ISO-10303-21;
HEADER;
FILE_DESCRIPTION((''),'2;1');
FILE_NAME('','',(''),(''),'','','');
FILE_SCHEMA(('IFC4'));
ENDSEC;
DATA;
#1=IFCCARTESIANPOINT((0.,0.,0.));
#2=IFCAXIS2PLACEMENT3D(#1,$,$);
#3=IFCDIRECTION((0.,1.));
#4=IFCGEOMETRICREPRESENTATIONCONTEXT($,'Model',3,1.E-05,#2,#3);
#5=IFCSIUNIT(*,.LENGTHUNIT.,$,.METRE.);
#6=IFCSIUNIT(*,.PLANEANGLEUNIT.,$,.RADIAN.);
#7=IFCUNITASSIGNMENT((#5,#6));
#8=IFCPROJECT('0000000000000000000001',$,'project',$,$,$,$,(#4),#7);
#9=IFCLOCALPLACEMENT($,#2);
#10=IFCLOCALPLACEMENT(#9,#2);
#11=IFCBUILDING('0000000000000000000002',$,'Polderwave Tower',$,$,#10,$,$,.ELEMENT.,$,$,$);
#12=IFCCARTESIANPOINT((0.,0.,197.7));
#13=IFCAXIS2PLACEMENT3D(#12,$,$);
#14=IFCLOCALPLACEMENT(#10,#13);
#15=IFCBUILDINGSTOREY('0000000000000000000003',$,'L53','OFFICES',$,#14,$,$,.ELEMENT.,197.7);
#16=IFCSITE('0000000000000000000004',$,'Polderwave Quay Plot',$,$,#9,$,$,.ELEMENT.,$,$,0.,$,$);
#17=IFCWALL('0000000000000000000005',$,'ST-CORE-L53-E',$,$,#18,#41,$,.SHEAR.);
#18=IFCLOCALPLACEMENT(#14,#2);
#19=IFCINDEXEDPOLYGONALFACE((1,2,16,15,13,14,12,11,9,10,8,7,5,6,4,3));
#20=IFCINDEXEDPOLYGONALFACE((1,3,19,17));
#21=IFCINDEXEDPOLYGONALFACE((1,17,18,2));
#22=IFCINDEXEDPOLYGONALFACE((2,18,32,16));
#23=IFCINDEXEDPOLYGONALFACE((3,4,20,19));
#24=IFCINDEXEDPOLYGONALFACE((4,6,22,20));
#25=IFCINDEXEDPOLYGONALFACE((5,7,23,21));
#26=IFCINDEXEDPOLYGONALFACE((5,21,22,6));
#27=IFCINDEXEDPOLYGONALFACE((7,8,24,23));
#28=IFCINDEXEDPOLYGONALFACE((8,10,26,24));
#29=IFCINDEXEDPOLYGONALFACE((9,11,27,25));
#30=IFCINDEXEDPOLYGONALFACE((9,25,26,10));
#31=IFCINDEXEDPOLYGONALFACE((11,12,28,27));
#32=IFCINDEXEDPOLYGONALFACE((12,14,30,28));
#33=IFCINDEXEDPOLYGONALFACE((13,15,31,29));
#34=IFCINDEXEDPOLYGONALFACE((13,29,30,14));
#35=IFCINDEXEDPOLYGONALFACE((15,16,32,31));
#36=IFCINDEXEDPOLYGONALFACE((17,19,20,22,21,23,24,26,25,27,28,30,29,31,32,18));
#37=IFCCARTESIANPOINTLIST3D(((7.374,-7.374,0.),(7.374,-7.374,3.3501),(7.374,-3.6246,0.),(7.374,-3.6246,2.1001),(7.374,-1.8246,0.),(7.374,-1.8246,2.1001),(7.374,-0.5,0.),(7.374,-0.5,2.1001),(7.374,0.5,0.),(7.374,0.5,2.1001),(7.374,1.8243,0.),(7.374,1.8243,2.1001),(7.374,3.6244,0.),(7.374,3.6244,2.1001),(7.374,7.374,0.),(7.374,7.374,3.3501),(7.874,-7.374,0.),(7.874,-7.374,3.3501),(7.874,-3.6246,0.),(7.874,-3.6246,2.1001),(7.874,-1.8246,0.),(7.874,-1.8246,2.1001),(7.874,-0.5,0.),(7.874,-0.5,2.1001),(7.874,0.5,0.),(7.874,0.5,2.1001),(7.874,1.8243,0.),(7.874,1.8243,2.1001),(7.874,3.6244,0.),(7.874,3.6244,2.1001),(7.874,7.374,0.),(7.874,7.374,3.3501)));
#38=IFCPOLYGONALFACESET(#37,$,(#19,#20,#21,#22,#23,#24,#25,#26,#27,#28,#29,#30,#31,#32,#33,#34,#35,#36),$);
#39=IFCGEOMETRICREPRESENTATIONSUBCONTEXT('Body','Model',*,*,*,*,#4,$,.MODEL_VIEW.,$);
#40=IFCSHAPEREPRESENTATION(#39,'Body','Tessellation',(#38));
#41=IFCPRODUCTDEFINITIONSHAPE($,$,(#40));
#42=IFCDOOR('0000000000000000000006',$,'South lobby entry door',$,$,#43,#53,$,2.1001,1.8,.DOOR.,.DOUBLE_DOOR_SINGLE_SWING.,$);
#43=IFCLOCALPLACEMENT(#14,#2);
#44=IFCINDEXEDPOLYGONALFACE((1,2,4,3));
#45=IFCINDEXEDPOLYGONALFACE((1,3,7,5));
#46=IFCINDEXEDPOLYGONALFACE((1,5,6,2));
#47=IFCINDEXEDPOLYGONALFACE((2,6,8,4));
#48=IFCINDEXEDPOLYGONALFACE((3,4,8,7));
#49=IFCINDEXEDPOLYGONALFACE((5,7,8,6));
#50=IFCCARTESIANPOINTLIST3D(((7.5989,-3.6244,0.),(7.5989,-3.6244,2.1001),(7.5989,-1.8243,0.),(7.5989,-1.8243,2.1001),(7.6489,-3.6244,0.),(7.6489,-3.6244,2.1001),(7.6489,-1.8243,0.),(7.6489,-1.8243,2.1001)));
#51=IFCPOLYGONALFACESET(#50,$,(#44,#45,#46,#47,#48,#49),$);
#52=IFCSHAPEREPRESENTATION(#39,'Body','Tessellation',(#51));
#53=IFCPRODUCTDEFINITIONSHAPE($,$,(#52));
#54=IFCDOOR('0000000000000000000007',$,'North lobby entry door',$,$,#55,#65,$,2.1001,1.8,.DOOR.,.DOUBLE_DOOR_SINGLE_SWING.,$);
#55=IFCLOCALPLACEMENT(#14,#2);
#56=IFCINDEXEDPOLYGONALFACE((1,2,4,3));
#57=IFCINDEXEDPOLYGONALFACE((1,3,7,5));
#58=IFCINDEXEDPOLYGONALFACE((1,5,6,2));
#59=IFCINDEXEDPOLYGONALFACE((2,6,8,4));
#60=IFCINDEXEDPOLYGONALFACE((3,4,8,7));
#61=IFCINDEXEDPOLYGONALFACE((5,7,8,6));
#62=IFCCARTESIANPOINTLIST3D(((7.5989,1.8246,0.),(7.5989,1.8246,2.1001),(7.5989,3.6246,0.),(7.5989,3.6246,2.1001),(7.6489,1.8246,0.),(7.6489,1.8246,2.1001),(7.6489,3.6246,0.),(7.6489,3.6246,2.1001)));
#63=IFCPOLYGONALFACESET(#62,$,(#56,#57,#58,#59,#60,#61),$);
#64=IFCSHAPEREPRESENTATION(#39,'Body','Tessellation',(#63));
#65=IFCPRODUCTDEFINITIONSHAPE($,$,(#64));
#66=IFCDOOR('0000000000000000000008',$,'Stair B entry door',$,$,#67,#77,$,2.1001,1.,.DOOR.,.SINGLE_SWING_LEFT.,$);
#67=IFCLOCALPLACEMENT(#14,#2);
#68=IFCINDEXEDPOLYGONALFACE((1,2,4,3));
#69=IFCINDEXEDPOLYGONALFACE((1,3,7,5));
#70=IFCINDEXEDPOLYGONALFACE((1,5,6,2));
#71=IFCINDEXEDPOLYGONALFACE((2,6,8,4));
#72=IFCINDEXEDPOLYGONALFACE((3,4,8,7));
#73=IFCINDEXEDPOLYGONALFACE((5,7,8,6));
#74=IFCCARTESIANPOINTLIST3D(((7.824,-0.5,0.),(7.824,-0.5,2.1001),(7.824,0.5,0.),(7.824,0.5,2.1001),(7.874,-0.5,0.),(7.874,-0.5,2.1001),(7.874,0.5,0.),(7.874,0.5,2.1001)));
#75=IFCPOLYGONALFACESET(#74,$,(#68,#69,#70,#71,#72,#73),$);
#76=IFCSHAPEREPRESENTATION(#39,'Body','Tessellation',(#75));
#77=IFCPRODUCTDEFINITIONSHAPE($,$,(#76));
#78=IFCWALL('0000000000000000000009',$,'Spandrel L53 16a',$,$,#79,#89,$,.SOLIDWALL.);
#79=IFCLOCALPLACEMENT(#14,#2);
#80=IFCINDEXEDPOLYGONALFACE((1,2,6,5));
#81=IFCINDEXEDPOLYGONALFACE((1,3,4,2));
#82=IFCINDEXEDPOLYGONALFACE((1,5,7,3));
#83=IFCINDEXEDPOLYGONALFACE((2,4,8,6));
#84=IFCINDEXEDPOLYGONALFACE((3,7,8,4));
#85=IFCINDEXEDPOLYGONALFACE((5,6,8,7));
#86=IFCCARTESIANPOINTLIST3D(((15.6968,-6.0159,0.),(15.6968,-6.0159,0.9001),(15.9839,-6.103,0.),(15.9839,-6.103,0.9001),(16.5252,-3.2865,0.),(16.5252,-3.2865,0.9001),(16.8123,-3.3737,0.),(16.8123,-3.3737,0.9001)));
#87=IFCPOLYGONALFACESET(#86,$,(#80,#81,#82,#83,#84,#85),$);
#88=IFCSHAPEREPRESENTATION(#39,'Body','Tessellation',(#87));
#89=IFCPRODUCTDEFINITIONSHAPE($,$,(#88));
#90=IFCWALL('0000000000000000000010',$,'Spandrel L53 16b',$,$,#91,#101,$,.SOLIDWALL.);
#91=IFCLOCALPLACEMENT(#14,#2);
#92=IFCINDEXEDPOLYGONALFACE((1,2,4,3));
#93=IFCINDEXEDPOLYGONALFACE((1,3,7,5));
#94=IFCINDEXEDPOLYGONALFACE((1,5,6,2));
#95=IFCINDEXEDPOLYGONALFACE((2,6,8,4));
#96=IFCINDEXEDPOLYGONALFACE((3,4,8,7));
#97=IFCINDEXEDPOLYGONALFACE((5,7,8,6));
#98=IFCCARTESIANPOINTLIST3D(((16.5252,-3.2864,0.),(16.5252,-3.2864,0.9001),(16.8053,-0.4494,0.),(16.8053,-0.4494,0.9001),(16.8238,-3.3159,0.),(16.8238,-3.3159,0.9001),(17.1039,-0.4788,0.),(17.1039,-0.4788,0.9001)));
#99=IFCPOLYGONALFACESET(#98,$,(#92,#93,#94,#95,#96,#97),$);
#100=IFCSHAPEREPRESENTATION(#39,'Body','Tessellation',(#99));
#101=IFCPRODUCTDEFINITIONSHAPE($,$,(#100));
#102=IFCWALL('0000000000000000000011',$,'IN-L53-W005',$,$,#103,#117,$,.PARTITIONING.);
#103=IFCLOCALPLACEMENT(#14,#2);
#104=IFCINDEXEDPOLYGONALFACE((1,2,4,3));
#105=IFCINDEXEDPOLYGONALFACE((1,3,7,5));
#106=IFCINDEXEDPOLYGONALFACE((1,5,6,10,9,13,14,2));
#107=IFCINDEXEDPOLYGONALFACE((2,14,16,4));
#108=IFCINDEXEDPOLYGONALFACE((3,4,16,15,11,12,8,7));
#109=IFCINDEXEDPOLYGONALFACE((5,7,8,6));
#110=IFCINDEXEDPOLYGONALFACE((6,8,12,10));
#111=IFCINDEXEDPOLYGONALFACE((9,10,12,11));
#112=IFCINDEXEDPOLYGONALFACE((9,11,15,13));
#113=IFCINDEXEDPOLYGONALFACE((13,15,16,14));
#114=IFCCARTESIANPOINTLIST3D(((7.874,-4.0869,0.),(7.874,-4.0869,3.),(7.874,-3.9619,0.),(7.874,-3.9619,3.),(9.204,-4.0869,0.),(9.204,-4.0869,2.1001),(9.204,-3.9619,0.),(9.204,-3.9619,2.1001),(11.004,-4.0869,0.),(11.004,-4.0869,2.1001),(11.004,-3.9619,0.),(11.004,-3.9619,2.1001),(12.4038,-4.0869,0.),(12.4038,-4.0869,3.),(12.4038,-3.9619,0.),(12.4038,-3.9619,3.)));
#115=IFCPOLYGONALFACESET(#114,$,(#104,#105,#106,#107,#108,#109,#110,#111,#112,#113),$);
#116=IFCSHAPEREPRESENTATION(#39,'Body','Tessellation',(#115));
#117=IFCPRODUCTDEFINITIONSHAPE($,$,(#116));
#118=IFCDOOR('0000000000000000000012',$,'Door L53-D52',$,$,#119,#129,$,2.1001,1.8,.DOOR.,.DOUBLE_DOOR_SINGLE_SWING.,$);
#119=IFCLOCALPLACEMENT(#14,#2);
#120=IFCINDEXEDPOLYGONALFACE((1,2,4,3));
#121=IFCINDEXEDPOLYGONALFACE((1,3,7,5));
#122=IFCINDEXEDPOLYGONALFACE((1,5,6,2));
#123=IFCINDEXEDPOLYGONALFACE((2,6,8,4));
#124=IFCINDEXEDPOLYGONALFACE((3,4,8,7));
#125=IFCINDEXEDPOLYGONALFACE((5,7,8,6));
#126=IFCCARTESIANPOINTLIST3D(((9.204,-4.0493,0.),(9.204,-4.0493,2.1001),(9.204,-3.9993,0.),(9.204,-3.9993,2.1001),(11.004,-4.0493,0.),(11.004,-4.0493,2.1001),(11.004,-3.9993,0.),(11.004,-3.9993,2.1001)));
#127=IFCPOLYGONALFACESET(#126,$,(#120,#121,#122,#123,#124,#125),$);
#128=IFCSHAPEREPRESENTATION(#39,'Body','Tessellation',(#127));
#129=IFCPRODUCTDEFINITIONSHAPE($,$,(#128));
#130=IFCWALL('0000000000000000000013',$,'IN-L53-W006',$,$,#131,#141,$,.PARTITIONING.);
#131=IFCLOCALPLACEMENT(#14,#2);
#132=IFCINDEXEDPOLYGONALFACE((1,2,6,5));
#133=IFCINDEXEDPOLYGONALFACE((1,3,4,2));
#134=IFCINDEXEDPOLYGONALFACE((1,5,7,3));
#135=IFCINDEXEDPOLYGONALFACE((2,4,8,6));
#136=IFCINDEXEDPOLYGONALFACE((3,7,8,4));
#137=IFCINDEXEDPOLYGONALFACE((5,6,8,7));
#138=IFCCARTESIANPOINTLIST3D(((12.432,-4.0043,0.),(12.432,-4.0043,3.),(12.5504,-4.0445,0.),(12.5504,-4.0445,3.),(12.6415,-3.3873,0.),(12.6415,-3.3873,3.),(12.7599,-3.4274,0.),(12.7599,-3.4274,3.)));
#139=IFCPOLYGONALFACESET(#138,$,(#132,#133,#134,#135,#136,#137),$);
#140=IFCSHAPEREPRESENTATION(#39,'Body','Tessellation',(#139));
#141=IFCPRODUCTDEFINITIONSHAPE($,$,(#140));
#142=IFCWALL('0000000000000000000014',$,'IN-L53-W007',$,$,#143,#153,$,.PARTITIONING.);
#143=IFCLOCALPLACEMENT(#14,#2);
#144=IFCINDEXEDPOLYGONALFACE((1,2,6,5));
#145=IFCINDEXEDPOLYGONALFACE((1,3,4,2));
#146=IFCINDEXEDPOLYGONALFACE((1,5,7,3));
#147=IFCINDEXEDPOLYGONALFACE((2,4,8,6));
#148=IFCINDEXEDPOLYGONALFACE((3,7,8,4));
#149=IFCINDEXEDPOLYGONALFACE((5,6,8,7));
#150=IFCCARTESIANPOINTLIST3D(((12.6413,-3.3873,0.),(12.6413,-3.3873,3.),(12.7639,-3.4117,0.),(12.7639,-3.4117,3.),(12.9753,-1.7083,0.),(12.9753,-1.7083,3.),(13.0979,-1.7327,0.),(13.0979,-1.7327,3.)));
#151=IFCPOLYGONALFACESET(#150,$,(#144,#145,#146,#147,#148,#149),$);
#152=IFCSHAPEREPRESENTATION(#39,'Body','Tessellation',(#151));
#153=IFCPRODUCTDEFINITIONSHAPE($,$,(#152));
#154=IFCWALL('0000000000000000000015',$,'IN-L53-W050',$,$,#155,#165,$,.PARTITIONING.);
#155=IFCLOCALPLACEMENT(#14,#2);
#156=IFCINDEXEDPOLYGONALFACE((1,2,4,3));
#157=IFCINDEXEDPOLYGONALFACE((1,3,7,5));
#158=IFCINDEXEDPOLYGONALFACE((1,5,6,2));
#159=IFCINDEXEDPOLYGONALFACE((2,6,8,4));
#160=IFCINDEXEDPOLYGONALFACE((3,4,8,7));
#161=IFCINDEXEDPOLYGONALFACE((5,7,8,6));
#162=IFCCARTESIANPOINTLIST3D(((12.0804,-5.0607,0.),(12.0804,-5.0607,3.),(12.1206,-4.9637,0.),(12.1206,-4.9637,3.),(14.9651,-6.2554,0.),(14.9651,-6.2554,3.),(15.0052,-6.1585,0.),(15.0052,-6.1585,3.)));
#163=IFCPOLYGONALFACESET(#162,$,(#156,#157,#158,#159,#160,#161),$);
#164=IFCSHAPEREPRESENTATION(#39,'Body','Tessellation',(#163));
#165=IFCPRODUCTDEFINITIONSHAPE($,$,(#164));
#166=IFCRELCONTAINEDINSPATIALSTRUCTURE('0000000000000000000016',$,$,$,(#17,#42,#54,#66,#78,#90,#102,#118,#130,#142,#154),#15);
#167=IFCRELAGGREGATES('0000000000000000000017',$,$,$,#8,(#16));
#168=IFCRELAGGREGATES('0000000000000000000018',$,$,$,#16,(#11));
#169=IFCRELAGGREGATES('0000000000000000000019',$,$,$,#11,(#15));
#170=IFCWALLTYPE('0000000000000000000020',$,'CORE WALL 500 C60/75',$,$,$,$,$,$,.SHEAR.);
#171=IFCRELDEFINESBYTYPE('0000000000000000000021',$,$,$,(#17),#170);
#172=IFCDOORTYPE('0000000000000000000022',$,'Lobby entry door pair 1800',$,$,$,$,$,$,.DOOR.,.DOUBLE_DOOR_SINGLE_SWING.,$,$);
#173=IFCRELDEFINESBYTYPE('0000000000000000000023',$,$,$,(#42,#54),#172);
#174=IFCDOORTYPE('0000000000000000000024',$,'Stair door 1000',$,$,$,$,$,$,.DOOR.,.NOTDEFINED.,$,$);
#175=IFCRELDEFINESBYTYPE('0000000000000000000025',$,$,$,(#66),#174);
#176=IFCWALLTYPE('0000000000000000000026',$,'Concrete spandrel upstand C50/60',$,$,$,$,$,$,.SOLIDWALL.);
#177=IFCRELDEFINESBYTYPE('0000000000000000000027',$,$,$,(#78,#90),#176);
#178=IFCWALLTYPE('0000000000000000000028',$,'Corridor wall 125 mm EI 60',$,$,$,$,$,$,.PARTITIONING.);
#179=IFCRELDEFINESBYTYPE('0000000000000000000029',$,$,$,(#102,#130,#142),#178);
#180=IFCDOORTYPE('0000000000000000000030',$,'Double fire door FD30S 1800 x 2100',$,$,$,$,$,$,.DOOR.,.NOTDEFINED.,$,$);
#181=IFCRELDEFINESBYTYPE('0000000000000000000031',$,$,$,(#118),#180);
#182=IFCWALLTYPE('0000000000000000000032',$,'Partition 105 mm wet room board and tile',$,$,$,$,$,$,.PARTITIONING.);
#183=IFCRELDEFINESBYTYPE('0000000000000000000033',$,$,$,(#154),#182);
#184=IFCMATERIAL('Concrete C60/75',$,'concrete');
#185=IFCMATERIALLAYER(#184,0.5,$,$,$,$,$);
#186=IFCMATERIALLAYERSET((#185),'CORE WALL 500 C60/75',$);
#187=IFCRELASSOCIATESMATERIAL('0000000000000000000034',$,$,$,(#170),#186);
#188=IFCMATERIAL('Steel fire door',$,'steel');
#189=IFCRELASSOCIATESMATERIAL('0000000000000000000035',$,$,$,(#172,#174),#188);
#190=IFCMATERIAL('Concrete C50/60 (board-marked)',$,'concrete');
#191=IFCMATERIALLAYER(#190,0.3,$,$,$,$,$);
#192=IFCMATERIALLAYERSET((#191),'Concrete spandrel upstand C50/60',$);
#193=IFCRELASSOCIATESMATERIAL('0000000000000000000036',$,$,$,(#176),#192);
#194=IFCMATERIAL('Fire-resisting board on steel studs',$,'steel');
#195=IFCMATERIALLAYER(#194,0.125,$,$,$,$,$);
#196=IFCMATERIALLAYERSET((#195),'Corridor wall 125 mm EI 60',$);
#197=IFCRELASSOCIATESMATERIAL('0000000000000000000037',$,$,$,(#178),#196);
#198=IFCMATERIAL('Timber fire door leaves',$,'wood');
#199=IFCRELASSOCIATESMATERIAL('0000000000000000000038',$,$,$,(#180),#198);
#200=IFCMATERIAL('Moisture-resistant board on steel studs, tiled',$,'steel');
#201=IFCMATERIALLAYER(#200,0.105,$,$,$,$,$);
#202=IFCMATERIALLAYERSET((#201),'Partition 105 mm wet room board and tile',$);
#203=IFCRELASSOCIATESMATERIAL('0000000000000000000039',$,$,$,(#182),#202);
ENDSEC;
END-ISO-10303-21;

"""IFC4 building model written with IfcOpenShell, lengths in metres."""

from ifc_helpers import new_model, si_unit, direction, frame, frame_2d, origin, place, context, subcontext, project, spatial, rectangle, extrude, material, layer, layer_set, type_object, element, fill, save


model = new_model("IFC4")

# Units and contexts
model_context = context("Model", 3, precision=1e-05, world=origin(), true_north=direction((0.0, 1.0)))
body_context = subcontext(model_context, "Body", "Model", "MODEL_VIEW")
ifc_project = project(units=[si_unit("LENGTHUNIT", "METRE"), si_unit("PLANEANGLEUNIT", "RADIAN")], contexts=[model_context])

# Site, building, storey
site_placement = place(None, origin())
site = spatial("IfcSite", under=ifc_project, at=site_placement, Name="Polderwave Quay Plot", CompositionType="ELEMENT", RefElevation=0.0)
building_placement = place(site_placement, origin())
building = spatial("IfcBuilding", under=site, at=building_placement, Name="Polderwave Tower", CompositionType="ELEMENT")
storey_placement = place(building_placement, frame((0.0, 0.0, 197.7)))
storey = spatial("IfcBuildingStorey", under=building, at=storey_placement, Name="L53", Description="OFFICES", CompositionType="ELEMENT", Elevation=197.7)

# Shared definitions
ifc_material_1 = material(Name="Concrete C60/75", Category="concrete")

# Wall, openings, doors
ifc_layer_1 = layer(ifc_material_1, 0.5)
ifc_layer_set_1 = layer_set([ifc_layer_1], Name="CORE WALL 500 C60/75")
wall_type_1 = type_object("IfcWallType", Name="CORE WALL 500 C60/75", PredefinedType="SHEAR", material=ifc_layer_set_1)
wall_1_placement = place(storey_placement, frame((7.624, -7.374, 0.0), z_axis=(0.0, 0.0, 1.0), x_axis=(0.0, 1.0, 0.0)))
wall_1 = element("IfcWall", 1, at=wall_1_placement, inside=storey, type_object=wall_type_1, Name="ST-CORE-L53-E", PredefinedType="SHEAR", context=body_context, shape_type="SweptSolid", body=[
    extrude(rectangle(XDim=14.748, YDim=0.5, at=frame_2d((7.374, 0.0))), origin(), (0.0, 0.0, 1.0), 3.3501),
])
opening_1_placement = place(wall_1_placement, frame((6.874, 0.0, 0.0)))
opening_1 = element("IfcOpeningElement", 2, at=opening_1_placement, cuts=wall_1, PredefinedType="OPENING", context=body_context, shape_type="SweptSolid", body=[
    extrude(rectangle(XDim=1.0, YDim=2.1001, at=frame_2d((0.5, 1.05))), frame((0.0, 0.26, 0.0), z_axis=(0.0, -1.0, 0.0), x_axis=(1.0, 0.0, 0.0)), (0.0, 0.0, 1.0), 0.52),
])
opening_2_placement = place(wall_1_placement, frame((3.7495, 0.0, 0.0)))
opening_2 = element("IfcOpeningElement", 3, at=opening_2_placement, cuts=wall_1, PredefinedType="OPENING", context=body_context, shape_type="SweptSolid", body=[
    extrude(rectangle(XDim=1.8, YDim=2.1001, at=frame_2d((0.8999, 1.05))), frame((0.0, 0.26, 0.0), z_axis=(0.0, -1.0, 0.0), x_axis=(1.0, 0.0, 0.0)), (0.0, 0.0, 1.0), 0.52),
])
opening_3_placement = place(wall_1_placement, frame((9.1985, 0.0, 0.0)))
opening_3 = element("IfcOpeningElement", 4, at=opening_3_placement, cuts=wall_1, PredefinedType="OPENING", context=body_context, shape_type="SweptSolid", body=[
    extrude(rectangle(XDim=1.8, YDim=2.1001, at=frame_2d((0.8999, 1.05))), frame((0.0, 0.26, 0.0), z_axis=(0.0, -1.0, 0.0), x_axis=(1.0, 0.0, 0.0)), (0.0, 0.0, 1.0), 0.52),
])
ifc_material_2 = material(Name="Steel fire door", Category="steel")
door_type_1 = type_object("IfcDoorType", Name="Lobby entry door pair 1800", OperationType="DOUBLE_DOOR_SINGLE_SWING", PredefinedType="DOOR", material=ifc_material_2)
door_1_placement = place(opening_2_placement, frame((1.8, 0.0, 0.0), z_axis=(0.0, 0.0, 1.0), x_axis=(-1.0, 0.0, 0.0)))
door_1 = element("IfcDoor", 5, at=door_1_placement, inside=storey, type_object=door_type_1, Name="South lobby entry door", OperationType="DOUBLE_DOOR_SINGLE_SWING", OverallHeight=2.1001, OverallWidth=1.8, PredefinedType="DOOR", context=body_context, shape_type="SweptSolid", body=[
    extrude(rectangle(XDim=1.8, YDim=2.1001, at=frame_2d((0.8999, 1.05))), frame((0.0, 0.0249, 0.0), z_axis=(0.0, -1.0, 0.0), x_axis=(1.0, 0.0, 0.0)), (0.0, 0.0, 1.0), 0.05),
])
fill(opening_2, door_1)
door_2_placement = place(opening_3_placement, frame((1.8, 0.0, 0.0), z_axis=(0.0, 0.0, 1.0), x_axis=(-1.0, 0.0, 0.0)))
door_2 = element("IfcDoor", 6, at=door_2_placement, inside=storey, type_object=door_type_1, Name="North lobby entry door", OperationType="DOUBLE_DOOR_SINGLE_SWING", OverallHeight=2.1001, OverallWidth=1.8, PredefinedType="DOOR", context=body_context, shape_type="SweptSolid", body=[
    extrude(rectangle(XDim=1.8, YDim=2.1001, at=frame_2d((0.8999, 1.05))), frame((0.0, 0.0249, 0.0), z_axis=(0.0, -1.0, 0.0), x_axis=(1.0, 0.0, 0.0)), (0.0, 0.0, 1.0), 0.05),
])
fill(opening_3, door_2)
door_type_2 = type_object("IfcDoorType", Name="Stair door 1000", OperationType="NOTDEFINED", PredefinedType="DOOR", material=ifc_material_2)
door_3_placement = place(opening_1_placement, frame((1.0, 0.0, 0.0), z_axis=(0.0, 0.0, 1.0), x_axis=(-1.0, 0.0, 0.0)))
door_3 = element("IfcDoor", 7, at=door_3_placement, inside=storey, type_object=door_type_2, Name="Stair B entry door", OperationType="SINGLE_SWING_LEFT", OverallHeight=2.1001, OverallWidth=1.0, PredefinedType="DOOR", context=body_context, shape_type="SweptSolid", body=[
    extrude(rectangle(XDim=1.0, YDim=2.1001, at=frame_2d((0.5, 1.05))), frame((0.0, 0.25, 0.0), z_axis=(0.0, -1.0, 0.0), x_axis=(1.0, 0.0, 0.0)), (0.0, 0.0, 1.0), 0.05),
])
fill(opening_1, door_3)

# Walls
ifc_material_3 = material(Name="Concrete C50/60 (board-marked)", Category="concrete")
ifc_layer_2 = layer(ifc_material_3, 0.3)
ifc_layer_set_2 = layer_set([ifc_layer_2], Name="Concrete spandrel upstand C50/60")
wall_type_2 = type_object("IfcWallType", Name="Concrete spandrel upstand C50/60", PredefinedType="SOLIDWALL", material=ifc_layer_set_2)
wall_2_placement = place(storey_placement, frame((15.8403, -6.0596, 0.0), z_axis=(0.0, 0.0, 1.0), x_axis=(0.290433, 0.956895, 0.0)))
element("IfcWall", 8, at=wall_2_placement, inside=storey, type_object=wall_type_2, Name="Spandrel L53 16a", PredefinedType="SOLIDWALL", context=body_context, shape_type="SweptSolid", body=[
    extrude(rectangle(XDim=2.8523, YDim=0.3, at=frame_2d((1.4263, 0.0))), origin(), (0.0, 0.0, 1.0), 0.9001),
])
wall_3_placement = place(storey_placement, frame((16.6746, -3.301, 0.0), z_axis=(0.0, 0.0, 1.0), x_axis=(0.098223, 0.995164, 0.0)))
element("IfcWall", 9, at=wall_3_placement, inside=storey, type_object=wall_type_2, Name="Spandrel L53 16b", PredefinedType="SOLIDWALL", context=body_context, shape_type="SweptSolid", body=[
    extrude(rectangle(XDim=2.8508, YDim=0.3, at=frame_2d((1.4253, 0.0))), origin(), (0.0, 0.0, 1.0), 0.9001),
])

# Wall, opening, door
ifc_material_4 = material(Name="Fire-resisting board on steel studs", Category="steel")
ifc_layer_3 = layer(ifc_material_4, 0.125)
ifc_layer_set_3 = layer_set([ifc_layer_3], Name="Corridor wall 125 mm EI 60")
wall_type_3 = type_object("IfcWallType", Name="Corridor wall 125 mm EI 60", PredefinedType="PARTITIONING", material=ifc_layer_set_3)
wall_4_placement = place(storey_placement, frame((12.4038, -4.0244, 0.0), z_axis=(0.0, 0.0, 1.0), x_axis=(-1.0, 0.0, 0.0)))
wall_4 = element("IfcWall", 10, at=wall_4_placement, inside=storey, type_object=wall_type_3, Name="IN-L53-W005", PredefinedType="PARTITIONING", context=body_context, shape_type="SweptSolid", body=[
    extrude(rectangle(XDim=4.5298, YDim=0.125, at=frame_2d((2.2649, 0.0))), origin(), (0.0, 0.0, 1.0), 3.0),
])
opening_4_placement = place(wall_4_placement, frame((1.3999, 0.0, 0.0)))
opening_4 = element("IfcOpeningElement", 11, at=opening_4_placement, cuts=wall_4, PredefinedType="OPENING", context=body_context, shape_type="SweptSolid", body=[
    extrude(rectangle(XDim=1.8, YDim=2.1001, at=frame_2d((0.8999, 1.05))), frame((0.0, 0.0725, 0.0), z_axis=(0.0, -1.0, 0.0), x_axis=(1.0, 0.0, 0.0)), (0.0, 0.0, 1.0), 0.145),
])
ifc_material_5 = material(Name="Timber fire door leaves", Category="wood")
door_type_3 = type_object("IfcDoorType", Name="Double fire door FD30S 1800 x 2100", OperationType="NOTDEFINED", PredefinedType="DOOR", material=ifc_material_5)
door_4_placement = place(opening_4_placement, origin())
door_4 = element("IfcDoor", 12, at=door_4_placement, inside=storey, type_object=door_type_3, Name="Door L53-D52", OperationType="DOUBLE_DOOR_SINGLE_SWING", OverallHeight=2.1001, OverallWidth=1.8, PredefinedType="DOOR", context=body_context, shape_type="SweptSolid", body=[
    extrude(rectangle(XDim=1.8, YDim=2.1001, at=frame_2d((0.8999, 1.05))), frame((0.0, 0.0249, 0.0), z_axis=(0.0, -1.0, 0.0), x_axis=(1.0, 0.0, 0.0)), (0.0, 0.0, 1.0), 0.05),
])
fill(opening_4, door_4)

# Walls
wall_5_placement = place(storey_placement, frame((12.7007, -3.4075, 0.0), z_axis=(0.0, 0.0, 1.0), x_axis=(-0.321506, -0.946907, 0.0)))
element("IfcWall", 13, at=wall_5_placement, inside=storey, type_object=wall_type_3, Name="IN-L53-W006", PredefinedType="PARTITIONING", context=body_context, shape_type="SweptSolid", body=[
    extrude(rectangle(XDim=0.6516, YDim=0.125, at=frame_2d((0.3257, 0.0))), origin(), (0.0, 0.0, 1.0), 3.0),
])
wall_6_placement = place(storey_placement, frame((13.0366, -1.7205, 0.0), z_axis=(0.0, 0.0, 1.0), x_axis=(-0.195101, -0.980783, 0.0)))
element("IfcWall", 14, at=wall_6_placement, inside=storey, type_object=wall_type_3, Name="IN-L53-W007", PredefinedType="PARTITIONING", context=body_context, shape_type="SweptSolid", body=[
    extrude(rectangle(XDim=1.7119, YDim=0.125, at=frame_2d((0.856, 0.0))), origin(), (0.0, 0.0, 1.0), 3.0),
])
ifc_material_6 = material(Name="Moisture-resistant board on steel studs, tiled", Category="steel")
ifc_layer_4 = layer(ifc_material_6, 0.105)
ifc_layer_set_4 = layer_set([ifc_layer_4], Name="Partition 105 mm wet room board and tile")
wall_type_4 = type_object("IfcWallType", Name="Partition 105 mm wet room board and tile", PredefinedType="PARTITIONING", material=ifc_layer_set_4)
wall_7_placement = place(storey_placement, frame((12.1006, -5.0122, 0.0), z_axis=(0.0, 0.0, 1.0), x_axis=(0.923889, -0.38266, 0.0)))
element("IfcWall", 15, at=wall_7_placement, inside=storey, type_object=wall_type_4, Name="IN-L53-W050", PredefinedType="PARTITIONING", context=body_context, shape_type="SweptSolid", body=[
    extrude(rectangle(XDim=3.1223, YDim=0.105, at=frame_2d((1.561, 0.0))), origin(), (0.0, 0.0, 1.0), 3.0),
])

save(model, "model.ifc")
